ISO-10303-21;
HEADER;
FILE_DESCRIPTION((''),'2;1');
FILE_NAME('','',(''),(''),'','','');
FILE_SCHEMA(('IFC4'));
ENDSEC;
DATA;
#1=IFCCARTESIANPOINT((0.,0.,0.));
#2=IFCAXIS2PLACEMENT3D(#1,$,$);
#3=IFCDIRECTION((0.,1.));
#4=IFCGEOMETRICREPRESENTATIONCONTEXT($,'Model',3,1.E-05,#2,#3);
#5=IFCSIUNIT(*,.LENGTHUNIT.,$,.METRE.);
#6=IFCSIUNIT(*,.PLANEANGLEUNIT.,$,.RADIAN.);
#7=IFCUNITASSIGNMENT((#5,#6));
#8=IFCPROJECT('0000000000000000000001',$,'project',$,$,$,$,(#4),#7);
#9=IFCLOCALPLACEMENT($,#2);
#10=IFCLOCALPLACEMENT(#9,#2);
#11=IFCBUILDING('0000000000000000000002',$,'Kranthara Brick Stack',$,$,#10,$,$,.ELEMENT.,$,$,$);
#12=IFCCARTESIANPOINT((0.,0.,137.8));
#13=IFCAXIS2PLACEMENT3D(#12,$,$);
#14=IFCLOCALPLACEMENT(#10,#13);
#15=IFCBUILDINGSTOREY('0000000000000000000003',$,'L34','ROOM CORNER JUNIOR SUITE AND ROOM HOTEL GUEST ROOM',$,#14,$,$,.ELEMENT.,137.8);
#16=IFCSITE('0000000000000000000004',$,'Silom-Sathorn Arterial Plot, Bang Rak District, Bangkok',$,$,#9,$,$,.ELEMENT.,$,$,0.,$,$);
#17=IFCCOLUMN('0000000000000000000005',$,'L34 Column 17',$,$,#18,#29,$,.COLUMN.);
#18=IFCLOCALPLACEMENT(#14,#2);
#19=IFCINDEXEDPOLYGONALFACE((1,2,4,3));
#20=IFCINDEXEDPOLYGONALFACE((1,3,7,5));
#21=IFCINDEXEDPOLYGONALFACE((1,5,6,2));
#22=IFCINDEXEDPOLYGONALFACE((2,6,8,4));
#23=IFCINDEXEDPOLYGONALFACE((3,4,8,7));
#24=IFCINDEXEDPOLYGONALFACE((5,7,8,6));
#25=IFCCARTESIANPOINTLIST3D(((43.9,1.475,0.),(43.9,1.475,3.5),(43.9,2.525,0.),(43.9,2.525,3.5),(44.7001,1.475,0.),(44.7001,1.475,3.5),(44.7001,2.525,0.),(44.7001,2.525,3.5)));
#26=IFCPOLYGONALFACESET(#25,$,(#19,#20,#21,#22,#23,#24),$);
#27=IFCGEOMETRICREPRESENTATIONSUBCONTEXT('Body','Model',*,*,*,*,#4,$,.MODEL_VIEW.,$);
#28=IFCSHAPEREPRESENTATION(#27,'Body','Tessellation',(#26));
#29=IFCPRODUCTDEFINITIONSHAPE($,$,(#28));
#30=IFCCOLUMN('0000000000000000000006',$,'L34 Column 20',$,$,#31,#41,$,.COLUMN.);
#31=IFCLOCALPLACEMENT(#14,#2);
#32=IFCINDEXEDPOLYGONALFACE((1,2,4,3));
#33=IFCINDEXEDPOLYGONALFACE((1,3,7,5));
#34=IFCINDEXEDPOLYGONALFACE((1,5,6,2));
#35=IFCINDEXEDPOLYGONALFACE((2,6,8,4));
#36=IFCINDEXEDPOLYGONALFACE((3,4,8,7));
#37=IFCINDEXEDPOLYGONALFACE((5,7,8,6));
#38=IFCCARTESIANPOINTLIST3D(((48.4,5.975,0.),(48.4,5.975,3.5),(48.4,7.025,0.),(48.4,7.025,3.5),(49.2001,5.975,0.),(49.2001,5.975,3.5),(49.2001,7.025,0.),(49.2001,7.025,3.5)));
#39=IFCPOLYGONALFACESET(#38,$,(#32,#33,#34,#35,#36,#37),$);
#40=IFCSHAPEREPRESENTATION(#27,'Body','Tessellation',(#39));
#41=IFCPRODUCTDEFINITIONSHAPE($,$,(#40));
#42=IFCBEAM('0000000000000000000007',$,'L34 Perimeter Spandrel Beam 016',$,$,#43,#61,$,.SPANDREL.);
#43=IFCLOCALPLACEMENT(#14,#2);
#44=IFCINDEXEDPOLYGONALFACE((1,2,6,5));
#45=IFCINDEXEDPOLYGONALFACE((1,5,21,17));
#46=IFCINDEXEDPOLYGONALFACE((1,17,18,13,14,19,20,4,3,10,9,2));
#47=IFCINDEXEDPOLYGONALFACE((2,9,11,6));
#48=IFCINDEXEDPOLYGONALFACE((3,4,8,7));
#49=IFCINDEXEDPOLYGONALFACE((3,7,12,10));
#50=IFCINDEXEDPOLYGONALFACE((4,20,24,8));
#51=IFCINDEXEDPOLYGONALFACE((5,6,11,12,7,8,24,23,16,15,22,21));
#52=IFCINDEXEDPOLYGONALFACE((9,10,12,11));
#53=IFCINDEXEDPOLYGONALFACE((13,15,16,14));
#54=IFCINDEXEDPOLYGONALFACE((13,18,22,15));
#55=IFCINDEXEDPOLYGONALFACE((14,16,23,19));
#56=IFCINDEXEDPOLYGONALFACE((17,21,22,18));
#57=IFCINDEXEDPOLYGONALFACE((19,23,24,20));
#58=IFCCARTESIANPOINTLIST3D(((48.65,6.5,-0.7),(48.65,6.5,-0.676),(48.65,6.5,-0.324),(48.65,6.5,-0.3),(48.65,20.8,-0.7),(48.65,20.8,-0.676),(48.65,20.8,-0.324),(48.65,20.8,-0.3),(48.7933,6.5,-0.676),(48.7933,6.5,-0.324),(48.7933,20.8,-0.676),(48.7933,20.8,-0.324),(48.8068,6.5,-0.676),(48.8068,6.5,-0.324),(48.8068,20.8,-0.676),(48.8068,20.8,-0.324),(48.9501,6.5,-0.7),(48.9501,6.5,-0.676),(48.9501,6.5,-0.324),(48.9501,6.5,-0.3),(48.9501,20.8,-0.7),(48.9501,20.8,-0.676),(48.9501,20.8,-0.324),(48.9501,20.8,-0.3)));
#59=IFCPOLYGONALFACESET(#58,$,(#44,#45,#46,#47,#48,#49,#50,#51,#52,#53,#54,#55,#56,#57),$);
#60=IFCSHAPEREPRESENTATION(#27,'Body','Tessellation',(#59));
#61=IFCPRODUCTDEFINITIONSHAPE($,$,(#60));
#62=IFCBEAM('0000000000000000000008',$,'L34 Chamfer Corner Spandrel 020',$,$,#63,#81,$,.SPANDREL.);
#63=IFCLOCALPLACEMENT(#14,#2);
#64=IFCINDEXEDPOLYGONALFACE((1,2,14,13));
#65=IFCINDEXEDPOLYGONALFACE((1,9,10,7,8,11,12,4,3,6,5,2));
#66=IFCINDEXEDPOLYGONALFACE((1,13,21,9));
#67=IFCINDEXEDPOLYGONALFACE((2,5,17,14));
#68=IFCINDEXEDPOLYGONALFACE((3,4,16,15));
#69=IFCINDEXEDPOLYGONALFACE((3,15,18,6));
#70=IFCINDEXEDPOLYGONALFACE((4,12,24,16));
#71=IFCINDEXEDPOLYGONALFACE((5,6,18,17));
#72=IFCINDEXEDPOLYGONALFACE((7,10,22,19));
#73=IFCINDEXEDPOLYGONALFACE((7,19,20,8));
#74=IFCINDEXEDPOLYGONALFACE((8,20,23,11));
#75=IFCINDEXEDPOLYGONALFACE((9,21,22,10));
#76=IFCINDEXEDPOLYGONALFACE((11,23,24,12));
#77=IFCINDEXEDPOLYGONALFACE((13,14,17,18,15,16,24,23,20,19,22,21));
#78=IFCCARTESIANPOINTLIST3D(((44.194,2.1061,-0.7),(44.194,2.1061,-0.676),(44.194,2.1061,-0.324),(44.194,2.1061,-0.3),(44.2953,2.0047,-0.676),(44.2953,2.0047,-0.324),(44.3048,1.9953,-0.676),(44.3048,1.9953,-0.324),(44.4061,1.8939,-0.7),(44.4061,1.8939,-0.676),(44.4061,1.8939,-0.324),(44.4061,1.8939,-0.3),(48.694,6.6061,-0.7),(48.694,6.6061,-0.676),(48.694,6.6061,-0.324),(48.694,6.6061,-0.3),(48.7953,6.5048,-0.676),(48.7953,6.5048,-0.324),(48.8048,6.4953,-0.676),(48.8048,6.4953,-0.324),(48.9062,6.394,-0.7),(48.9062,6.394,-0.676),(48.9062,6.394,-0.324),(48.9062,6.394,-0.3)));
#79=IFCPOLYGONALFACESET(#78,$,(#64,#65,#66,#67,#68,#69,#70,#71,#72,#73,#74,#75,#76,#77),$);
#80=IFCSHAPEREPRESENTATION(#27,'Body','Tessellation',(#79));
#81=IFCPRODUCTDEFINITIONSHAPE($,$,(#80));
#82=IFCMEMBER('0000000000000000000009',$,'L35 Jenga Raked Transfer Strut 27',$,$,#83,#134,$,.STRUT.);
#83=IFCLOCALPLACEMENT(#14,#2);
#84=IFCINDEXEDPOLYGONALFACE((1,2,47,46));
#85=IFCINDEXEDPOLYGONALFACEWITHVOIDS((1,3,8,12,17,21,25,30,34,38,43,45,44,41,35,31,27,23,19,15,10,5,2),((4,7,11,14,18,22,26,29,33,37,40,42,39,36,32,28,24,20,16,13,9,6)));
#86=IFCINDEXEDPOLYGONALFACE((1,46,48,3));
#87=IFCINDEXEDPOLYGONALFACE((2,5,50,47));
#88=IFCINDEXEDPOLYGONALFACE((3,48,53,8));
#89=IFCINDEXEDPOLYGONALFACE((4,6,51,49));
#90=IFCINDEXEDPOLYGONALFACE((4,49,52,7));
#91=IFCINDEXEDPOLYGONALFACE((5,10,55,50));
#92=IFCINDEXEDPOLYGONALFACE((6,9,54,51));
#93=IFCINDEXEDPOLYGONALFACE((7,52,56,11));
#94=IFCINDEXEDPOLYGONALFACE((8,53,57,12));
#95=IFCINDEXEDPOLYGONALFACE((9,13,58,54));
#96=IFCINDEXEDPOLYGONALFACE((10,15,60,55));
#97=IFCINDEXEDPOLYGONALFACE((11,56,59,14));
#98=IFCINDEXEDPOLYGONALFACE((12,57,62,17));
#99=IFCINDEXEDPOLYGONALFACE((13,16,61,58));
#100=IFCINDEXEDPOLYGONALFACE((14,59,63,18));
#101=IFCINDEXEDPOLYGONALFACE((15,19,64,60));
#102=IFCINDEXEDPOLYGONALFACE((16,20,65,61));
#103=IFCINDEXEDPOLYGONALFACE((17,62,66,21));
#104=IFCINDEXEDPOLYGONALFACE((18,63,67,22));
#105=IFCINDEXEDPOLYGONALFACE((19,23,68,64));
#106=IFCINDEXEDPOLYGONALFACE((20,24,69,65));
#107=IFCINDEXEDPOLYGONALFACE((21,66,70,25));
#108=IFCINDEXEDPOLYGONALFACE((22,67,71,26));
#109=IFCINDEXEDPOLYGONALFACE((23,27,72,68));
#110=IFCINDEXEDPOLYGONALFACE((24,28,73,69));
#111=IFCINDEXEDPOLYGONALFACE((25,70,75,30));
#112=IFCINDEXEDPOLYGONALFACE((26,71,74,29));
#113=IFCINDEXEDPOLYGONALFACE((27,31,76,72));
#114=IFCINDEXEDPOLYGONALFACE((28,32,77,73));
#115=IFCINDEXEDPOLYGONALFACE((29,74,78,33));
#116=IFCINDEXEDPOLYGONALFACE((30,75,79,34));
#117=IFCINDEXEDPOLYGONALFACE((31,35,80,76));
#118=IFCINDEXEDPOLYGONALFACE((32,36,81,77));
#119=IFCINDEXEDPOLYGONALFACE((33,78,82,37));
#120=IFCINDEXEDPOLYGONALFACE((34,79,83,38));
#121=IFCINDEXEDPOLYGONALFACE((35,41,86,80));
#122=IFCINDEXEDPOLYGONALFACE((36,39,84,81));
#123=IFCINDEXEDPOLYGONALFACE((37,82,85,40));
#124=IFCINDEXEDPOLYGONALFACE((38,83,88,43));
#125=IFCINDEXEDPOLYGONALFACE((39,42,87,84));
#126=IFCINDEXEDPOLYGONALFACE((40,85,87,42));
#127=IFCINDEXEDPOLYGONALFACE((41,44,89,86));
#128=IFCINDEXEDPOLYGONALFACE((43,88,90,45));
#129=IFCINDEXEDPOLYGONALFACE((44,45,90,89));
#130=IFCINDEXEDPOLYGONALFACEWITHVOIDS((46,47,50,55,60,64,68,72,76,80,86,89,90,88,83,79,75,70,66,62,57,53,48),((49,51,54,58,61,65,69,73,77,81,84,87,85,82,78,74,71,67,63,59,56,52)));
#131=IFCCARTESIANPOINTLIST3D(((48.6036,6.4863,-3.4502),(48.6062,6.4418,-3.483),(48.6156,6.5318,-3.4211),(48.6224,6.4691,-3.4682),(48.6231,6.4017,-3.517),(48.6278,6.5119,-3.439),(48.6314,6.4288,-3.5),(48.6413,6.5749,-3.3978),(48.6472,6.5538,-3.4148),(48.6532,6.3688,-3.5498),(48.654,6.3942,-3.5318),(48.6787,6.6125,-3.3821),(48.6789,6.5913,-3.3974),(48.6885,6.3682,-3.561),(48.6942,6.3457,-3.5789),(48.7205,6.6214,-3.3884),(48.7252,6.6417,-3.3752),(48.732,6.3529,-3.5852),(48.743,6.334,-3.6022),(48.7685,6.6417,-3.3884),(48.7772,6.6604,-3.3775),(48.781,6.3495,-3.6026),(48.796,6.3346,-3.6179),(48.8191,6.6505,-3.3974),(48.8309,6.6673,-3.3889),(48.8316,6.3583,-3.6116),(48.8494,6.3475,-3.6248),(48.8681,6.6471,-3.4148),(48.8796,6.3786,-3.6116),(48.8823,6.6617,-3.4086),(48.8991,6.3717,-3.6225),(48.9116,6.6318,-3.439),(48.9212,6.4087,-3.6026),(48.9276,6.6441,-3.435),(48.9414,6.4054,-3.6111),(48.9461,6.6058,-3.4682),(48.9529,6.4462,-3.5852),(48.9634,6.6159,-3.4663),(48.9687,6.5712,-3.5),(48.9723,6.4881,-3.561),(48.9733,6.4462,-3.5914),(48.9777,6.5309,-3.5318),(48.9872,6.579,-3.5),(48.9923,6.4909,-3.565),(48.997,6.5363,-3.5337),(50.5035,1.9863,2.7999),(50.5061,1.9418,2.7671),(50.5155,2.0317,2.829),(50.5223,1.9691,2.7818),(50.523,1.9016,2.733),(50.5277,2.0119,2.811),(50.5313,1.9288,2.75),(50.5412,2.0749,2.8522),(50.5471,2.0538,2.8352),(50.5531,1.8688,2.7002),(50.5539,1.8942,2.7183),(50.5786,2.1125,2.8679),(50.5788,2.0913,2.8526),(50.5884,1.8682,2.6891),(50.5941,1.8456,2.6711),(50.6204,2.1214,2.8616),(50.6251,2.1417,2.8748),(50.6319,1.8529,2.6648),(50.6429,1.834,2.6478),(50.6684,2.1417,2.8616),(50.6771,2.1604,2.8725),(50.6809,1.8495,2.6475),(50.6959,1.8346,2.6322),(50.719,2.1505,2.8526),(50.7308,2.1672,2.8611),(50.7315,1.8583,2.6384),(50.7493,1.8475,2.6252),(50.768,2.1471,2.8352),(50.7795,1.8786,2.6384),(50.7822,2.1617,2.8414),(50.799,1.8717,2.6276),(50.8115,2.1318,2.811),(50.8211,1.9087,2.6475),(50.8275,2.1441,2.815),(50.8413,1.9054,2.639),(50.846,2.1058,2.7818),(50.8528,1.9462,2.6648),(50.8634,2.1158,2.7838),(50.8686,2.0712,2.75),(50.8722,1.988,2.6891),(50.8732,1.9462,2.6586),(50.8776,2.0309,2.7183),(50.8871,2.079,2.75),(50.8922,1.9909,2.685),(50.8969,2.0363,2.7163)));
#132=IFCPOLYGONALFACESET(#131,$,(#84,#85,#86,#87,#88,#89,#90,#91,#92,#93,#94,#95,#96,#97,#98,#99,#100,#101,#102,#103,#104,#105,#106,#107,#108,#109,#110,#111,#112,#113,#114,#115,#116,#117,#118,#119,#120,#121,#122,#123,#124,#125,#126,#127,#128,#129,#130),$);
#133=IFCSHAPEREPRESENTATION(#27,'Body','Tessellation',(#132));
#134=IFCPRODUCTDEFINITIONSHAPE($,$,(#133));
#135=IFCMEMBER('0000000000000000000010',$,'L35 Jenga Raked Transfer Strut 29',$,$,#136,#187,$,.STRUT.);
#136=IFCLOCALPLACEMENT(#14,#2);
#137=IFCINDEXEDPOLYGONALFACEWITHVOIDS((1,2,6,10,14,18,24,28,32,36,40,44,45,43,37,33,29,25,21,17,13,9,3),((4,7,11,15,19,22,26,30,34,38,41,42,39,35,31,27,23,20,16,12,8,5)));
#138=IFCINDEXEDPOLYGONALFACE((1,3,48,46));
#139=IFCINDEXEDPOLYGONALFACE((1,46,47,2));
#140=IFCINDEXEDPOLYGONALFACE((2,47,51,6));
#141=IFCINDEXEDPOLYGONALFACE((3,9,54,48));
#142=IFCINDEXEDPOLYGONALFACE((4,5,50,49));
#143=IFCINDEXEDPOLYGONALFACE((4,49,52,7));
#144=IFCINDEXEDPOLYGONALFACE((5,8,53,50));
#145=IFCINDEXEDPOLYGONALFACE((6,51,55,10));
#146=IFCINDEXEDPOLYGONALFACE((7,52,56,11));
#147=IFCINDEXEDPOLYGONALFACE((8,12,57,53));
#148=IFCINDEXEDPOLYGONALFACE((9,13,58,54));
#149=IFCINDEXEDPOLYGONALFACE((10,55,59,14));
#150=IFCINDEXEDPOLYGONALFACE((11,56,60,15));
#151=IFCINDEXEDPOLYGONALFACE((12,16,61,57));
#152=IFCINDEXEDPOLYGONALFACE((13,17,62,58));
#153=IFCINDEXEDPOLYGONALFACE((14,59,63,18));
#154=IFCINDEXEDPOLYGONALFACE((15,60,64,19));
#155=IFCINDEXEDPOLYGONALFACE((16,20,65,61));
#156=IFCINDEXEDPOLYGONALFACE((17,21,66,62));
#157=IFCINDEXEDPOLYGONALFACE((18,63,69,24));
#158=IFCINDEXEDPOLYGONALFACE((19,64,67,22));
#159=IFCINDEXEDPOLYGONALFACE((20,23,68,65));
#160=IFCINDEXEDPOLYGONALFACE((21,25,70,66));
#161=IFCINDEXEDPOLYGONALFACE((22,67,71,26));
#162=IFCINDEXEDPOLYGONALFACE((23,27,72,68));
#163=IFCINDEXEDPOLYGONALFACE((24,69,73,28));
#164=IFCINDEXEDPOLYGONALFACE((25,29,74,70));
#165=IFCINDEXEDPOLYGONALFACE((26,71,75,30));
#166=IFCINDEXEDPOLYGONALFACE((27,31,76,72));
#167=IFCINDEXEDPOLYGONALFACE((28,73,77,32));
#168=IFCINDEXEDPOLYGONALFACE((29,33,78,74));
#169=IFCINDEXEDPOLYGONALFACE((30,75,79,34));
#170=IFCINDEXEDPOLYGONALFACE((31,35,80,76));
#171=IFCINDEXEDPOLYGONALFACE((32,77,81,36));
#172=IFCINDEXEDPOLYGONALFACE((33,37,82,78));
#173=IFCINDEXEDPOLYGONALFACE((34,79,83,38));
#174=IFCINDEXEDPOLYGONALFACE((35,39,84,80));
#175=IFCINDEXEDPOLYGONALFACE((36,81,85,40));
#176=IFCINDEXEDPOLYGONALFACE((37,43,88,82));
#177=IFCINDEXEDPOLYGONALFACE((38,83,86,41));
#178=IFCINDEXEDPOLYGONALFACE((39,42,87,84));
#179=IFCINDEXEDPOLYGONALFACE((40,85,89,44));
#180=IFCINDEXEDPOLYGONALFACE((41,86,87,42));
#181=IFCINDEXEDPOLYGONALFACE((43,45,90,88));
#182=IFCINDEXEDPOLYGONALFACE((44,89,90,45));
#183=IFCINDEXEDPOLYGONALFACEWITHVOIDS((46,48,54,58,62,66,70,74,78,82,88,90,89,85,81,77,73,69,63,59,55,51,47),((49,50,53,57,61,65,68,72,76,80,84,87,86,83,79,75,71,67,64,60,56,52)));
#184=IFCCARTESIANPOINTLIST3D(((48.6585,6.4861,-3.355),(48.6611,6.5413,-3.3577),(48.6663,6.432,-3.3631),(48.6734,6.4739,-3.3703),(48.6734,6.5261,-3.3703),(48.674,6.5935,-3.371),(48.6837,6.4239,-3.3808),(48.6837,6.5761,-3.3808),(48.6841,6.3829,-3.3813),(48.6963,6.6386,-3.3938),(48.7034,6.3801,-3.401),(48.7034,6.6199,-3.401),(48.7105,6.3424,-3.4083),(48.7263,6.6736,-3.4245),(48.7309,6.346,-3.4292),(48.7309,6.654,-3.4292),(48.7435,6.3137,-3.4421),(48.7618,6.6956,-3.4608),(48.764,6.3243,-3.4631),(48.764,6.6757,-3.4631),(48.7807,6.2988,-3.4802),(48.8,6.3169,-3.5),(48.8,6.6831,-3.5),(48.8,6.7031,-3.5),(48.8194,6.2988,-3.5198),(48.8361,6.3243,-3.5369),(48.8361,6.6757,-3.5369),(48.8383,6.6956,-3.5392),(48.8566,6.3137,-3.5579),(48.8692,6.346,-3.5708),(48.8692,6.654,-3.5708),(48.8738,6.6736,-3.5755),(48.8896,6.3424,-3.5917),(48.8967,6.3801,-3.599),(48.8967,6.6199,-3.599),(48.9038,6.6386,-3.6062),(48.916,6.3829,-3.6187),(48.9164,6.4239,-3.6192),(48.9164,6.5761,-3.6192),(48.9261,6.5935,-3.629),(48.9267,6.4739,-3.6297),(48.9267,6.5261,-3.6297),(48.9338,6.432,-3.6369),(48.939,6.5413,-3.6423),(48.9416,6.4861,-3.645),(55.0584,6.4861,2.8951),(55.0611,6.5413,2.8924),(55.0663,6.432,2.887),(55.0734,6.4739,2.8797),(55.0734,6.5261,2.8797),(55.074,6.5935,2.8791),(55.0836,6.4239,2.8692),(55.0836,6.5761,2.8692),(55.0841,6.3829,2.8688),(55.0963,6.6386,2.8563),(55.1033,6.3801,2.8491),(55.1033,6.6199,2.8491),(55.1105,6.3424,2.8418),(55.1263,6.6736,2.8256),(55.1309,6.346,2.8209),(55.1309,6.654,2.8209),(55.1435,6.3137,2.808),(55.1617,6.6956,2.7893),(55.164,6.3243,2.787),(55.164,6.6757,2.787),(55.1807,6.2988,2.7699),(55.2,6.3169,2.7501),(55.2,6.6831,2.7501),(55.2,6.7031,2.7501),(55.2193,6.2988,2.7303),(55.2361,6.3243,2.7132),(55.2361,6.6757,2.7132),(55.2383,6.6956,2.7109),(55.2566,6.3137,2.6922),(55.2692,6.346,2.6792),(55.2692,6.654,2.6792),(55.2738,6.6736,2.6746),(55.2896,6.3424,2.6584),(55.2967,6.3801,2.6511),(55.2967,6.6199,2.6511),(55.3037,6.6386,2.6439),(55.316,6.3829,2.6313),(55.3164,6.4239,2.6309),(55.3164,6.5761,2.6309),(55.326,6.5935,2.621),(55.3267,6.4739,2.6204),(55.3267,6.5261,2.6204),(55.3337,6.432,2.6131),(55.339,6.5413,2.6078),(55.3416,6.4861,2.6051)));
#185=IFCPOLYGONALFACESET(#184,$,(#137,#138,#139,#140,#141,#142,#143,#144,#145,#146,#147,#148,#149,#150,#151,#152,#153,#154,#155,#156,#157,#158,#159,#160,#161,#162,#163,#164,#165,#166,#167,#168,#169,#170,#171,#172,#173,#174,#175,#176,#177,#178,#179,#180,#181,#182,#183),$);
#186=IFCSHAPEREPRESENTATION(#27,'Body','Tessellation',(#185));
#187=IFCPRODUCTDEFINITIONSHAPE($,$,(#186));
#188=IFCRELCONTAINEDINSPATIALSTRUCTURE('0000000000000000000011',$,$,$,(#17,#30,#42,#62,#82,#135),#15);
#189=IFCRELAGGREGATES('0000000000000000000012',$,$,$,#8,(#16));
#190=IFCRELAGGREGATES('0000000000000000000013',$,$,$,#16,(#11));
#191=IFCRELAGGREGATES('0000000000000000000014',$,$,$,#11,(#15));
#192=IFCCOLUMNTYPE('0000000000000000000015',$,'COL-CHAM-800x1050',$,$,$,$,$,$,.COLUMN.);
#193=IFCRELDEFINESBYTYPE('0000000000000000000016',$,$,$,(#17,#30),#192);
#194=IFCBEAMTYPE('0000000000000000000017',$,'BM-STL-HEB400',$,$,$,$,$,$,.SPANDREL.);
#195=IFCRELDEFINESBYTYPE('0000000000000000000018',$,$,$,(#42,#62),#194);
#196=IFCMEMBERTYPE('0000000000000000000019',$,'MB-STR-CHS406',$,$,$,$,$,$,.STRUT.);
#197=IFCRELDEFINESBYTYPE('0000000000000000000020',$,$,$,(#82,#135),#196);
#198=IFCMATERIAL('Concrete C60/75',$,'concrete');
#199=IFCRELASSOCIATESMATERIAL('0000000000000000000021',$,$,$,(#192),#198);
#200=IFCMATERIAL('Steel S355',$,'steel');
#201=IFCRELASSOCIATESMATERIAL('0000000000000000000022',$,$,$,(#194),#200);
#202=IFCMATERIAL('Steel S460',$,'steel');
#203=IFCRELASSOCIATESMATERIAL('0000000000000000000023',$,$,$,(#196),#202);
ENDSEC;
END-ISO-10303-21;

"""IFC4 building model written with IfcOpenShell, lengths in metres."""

from ifc_helpers import new_model, si_unit, direction, frame, origin, origin_2d, place, context, subcontext, project, spatial, rectangle, hollow_circle, i_section, extrude, material, material_profile, profile_set, type_object, element, save


model = new_model("IFC4")

# Units and contexts
model_context = context("Model", 3, precision=1e-05, world=origin(), true_north=direction((0.0, 1.0)))
body_context = subcontext(model_context, "Body", "Model", "MODEL_VIEW")
ifc_project = project(units=[si_unit("LENGTHUNIT", "METRE"), si_unit("PLANEANGLEUNIT", "RADIAN")], contexts=[model_context])

# Site, building, storey
site_placement = place(None, origin())
site = spatial("IfcSite", under=ifc_project, at=site_placement, Name="Silom-Sathorn Arterial Plot, Bang Rak District, Bangkok", CompositionType="ELEMENT", RefElevation=0.0)
building_placement = place(site_placement, origin())
building = spatial("IfcBuilding", under=site, at=building_placement, Name="Kranthara Brick Stack", CompositionType="ELEMENT")
storey_placement = place(building_placement, frame((0.0, 0.0, 137.8)))
storey = spatial("IfcBuildingStorey", under=building, at=storey_placement, Name="L34", Description="ROOM CORNER JUNIOR SUITE AND ROOM HOTEL GUEST ROOM", CompositionType="ELEMENT", Elevation=137.8)

# Columns
ifc_material_1 = material(Name="Concrete C60/75", Category="concrete")
ifc_material_profile_1 = material_profile(ifc_material_1, rectangle(XDim=0.8, YDim=1.05, at=origin_2d()), Name="RC 800x1050")
ifc_profile_set_1 = profile_set([ifc_material_profile_1], Name="Concrete C60/75")
column_type = type_object("IfcColumnType", Name="COL-CHAM-800x1050", PredefinedType="COLUMN", material=ifc_profile_set_1)
for number, where, z_axis, x_axis, name in (
    (1, (44.3, 2.0, 0.0), (0.0, 0.0, 1.0), (1.0, 0.0, 0.0), "L34 Column 17"),
    (2, (48.8, 6.5, 0.0), (0.0, 0.0, 1.0), (1.0, 0.0, 0.0), "L34 Column 20"),
):
    element("IfcColumn", number, at=place(storey_placement, frame(where, z_axis=z_axis, x_axis=x_axis)), inside=storey, type_object=column_type, Name=name, PredefinedType="COLUMN", context=body_context, shape_type="SweptSolid", body=[
        extrude(rectangle(XDim=0.8, YDim=1.05, at=origin_2d()), origin(), (0.0, 0.0, 1.0), 3.5),
    ])

# Beams
ifc_material_2 = material(Name="Steel S355", Category="steel")
ifc_material_profile_2 = material_profile(ifc_material_2, i_section(OverallWidth=0.3, OverallDepth=0.3999, WebThickness=0.0134, FlangeThickness=0.0239, at=origin_2d()), Name="HEB 400")
ifc_profile_set_2 = profile_set([ifc_material_profile_2], Name="Steel S355")
beam_type = type_object("IfcBeamType", Name="BM-STL-HEB400", PredefinedType="SPANDREL", material=ifc_profile_set_2)
beam_1_placement = place(storey_placement, frame((48.8, 6.5, -0.5), z_axis=(0.0, 1.0, 0.0), x_axis=(-1.0, 0.0, 0.0)))
element("IfcBeam", 3, at=beam_1_placement, inside=storey, type_object=beam_type, Name="L34 Perimeter Spandrel Beam 016", PredefinedType="SPANDREL", context=body_context, shape_type="SweptSolid", body=[
    extrude(i_section(OverallWidth=0.3, OverallDepth=0.3999, WebThickness=0.0134, FlangeThickness=0.0239, at=origin_2d()), origin(), (0.0, 0.0, 1.0), 14.3),
])
beam_2_placement = place(storey_placement, frame((44.3, 2.0, -0.5), z_axis=(0.707107, 0.707107, 0.0), x_axis=(-0.707107, 0.707107, 0.0)))
element("IfcBeam", 4, at=beam_2_placement, inside=storey, type_object=beam_type, Name="L34 Chamfer Corner Spandrel 020", PredefinedType="SPANDREL", context=body_context, shape_type="SweptSolid", body=[
    extrude(i_section(OverallWidth=0.3, OverallDepth=0.3999, WebThickness=0.0134, FlangeThickness=0.0239, at=origin_2d()), origin(), (0.0, 0.0, 1.0), 6.364),
])

# Members
ifc_material_3 = material(Name="Steel S460", Category="steel")
ifc_material_profile_3 = material_profile(ifc_material_3, hollow_circle(Radius=0.2031, WallThickness=0.02, at=origin_2d()), Name="CHS 406.4x20")
ifc_profile_set_3 = profile_set([ifc_material_profile_3], Name="Steel S460")
member_type = type_object("IfcMemberType", Name="MB-STR-CHS406", PredefinedType="STRUT", material=ifc_profile_set_3)
member_1_placement = place(storey_placement, frame((48.8, 6.5, -3.5), z_axis=(0.239513, -0.567297, 0.787913), x_axis=(0.921257, 0.388955, 0.0)))
element("IfcMember", 5, at=member_1_placement, inside=storey, type_object=member_type, Name="L35 Jenga Raked Transfer Strut 27", PredefinedType="STRUT", context=body_context, shape_type="SweptSolid", body=[
    extrude(hollow_circle(Radius=0.2031, WallThickness=0.02, at=origin_2d()), origin(), (0.0, 0.0, 1.0), 7.9324),
])
member_2_placement = place(storey_placement, frame((48.8, 6.5, -3.5), z_axis=(0.715436, 0.0, 0.698678), x_axis=(0.0, 1.0, 0.0)))
element("IfcMember", 6, at=member_2_placement, inside=storey, type_object=member_type, Name="L35 Jenga Raked Transfer Strut 29", PredefinedType="STRUT", context=body_context, shape_type="SweptSolid", body=[
    extrude(hollow_circle(Radius=0.2031, WallThickness=0.02, at=origin_2d()), origin(), (0.0, 0.0, 1.0), 8.9456),
])

save(model, "model.ifc")
